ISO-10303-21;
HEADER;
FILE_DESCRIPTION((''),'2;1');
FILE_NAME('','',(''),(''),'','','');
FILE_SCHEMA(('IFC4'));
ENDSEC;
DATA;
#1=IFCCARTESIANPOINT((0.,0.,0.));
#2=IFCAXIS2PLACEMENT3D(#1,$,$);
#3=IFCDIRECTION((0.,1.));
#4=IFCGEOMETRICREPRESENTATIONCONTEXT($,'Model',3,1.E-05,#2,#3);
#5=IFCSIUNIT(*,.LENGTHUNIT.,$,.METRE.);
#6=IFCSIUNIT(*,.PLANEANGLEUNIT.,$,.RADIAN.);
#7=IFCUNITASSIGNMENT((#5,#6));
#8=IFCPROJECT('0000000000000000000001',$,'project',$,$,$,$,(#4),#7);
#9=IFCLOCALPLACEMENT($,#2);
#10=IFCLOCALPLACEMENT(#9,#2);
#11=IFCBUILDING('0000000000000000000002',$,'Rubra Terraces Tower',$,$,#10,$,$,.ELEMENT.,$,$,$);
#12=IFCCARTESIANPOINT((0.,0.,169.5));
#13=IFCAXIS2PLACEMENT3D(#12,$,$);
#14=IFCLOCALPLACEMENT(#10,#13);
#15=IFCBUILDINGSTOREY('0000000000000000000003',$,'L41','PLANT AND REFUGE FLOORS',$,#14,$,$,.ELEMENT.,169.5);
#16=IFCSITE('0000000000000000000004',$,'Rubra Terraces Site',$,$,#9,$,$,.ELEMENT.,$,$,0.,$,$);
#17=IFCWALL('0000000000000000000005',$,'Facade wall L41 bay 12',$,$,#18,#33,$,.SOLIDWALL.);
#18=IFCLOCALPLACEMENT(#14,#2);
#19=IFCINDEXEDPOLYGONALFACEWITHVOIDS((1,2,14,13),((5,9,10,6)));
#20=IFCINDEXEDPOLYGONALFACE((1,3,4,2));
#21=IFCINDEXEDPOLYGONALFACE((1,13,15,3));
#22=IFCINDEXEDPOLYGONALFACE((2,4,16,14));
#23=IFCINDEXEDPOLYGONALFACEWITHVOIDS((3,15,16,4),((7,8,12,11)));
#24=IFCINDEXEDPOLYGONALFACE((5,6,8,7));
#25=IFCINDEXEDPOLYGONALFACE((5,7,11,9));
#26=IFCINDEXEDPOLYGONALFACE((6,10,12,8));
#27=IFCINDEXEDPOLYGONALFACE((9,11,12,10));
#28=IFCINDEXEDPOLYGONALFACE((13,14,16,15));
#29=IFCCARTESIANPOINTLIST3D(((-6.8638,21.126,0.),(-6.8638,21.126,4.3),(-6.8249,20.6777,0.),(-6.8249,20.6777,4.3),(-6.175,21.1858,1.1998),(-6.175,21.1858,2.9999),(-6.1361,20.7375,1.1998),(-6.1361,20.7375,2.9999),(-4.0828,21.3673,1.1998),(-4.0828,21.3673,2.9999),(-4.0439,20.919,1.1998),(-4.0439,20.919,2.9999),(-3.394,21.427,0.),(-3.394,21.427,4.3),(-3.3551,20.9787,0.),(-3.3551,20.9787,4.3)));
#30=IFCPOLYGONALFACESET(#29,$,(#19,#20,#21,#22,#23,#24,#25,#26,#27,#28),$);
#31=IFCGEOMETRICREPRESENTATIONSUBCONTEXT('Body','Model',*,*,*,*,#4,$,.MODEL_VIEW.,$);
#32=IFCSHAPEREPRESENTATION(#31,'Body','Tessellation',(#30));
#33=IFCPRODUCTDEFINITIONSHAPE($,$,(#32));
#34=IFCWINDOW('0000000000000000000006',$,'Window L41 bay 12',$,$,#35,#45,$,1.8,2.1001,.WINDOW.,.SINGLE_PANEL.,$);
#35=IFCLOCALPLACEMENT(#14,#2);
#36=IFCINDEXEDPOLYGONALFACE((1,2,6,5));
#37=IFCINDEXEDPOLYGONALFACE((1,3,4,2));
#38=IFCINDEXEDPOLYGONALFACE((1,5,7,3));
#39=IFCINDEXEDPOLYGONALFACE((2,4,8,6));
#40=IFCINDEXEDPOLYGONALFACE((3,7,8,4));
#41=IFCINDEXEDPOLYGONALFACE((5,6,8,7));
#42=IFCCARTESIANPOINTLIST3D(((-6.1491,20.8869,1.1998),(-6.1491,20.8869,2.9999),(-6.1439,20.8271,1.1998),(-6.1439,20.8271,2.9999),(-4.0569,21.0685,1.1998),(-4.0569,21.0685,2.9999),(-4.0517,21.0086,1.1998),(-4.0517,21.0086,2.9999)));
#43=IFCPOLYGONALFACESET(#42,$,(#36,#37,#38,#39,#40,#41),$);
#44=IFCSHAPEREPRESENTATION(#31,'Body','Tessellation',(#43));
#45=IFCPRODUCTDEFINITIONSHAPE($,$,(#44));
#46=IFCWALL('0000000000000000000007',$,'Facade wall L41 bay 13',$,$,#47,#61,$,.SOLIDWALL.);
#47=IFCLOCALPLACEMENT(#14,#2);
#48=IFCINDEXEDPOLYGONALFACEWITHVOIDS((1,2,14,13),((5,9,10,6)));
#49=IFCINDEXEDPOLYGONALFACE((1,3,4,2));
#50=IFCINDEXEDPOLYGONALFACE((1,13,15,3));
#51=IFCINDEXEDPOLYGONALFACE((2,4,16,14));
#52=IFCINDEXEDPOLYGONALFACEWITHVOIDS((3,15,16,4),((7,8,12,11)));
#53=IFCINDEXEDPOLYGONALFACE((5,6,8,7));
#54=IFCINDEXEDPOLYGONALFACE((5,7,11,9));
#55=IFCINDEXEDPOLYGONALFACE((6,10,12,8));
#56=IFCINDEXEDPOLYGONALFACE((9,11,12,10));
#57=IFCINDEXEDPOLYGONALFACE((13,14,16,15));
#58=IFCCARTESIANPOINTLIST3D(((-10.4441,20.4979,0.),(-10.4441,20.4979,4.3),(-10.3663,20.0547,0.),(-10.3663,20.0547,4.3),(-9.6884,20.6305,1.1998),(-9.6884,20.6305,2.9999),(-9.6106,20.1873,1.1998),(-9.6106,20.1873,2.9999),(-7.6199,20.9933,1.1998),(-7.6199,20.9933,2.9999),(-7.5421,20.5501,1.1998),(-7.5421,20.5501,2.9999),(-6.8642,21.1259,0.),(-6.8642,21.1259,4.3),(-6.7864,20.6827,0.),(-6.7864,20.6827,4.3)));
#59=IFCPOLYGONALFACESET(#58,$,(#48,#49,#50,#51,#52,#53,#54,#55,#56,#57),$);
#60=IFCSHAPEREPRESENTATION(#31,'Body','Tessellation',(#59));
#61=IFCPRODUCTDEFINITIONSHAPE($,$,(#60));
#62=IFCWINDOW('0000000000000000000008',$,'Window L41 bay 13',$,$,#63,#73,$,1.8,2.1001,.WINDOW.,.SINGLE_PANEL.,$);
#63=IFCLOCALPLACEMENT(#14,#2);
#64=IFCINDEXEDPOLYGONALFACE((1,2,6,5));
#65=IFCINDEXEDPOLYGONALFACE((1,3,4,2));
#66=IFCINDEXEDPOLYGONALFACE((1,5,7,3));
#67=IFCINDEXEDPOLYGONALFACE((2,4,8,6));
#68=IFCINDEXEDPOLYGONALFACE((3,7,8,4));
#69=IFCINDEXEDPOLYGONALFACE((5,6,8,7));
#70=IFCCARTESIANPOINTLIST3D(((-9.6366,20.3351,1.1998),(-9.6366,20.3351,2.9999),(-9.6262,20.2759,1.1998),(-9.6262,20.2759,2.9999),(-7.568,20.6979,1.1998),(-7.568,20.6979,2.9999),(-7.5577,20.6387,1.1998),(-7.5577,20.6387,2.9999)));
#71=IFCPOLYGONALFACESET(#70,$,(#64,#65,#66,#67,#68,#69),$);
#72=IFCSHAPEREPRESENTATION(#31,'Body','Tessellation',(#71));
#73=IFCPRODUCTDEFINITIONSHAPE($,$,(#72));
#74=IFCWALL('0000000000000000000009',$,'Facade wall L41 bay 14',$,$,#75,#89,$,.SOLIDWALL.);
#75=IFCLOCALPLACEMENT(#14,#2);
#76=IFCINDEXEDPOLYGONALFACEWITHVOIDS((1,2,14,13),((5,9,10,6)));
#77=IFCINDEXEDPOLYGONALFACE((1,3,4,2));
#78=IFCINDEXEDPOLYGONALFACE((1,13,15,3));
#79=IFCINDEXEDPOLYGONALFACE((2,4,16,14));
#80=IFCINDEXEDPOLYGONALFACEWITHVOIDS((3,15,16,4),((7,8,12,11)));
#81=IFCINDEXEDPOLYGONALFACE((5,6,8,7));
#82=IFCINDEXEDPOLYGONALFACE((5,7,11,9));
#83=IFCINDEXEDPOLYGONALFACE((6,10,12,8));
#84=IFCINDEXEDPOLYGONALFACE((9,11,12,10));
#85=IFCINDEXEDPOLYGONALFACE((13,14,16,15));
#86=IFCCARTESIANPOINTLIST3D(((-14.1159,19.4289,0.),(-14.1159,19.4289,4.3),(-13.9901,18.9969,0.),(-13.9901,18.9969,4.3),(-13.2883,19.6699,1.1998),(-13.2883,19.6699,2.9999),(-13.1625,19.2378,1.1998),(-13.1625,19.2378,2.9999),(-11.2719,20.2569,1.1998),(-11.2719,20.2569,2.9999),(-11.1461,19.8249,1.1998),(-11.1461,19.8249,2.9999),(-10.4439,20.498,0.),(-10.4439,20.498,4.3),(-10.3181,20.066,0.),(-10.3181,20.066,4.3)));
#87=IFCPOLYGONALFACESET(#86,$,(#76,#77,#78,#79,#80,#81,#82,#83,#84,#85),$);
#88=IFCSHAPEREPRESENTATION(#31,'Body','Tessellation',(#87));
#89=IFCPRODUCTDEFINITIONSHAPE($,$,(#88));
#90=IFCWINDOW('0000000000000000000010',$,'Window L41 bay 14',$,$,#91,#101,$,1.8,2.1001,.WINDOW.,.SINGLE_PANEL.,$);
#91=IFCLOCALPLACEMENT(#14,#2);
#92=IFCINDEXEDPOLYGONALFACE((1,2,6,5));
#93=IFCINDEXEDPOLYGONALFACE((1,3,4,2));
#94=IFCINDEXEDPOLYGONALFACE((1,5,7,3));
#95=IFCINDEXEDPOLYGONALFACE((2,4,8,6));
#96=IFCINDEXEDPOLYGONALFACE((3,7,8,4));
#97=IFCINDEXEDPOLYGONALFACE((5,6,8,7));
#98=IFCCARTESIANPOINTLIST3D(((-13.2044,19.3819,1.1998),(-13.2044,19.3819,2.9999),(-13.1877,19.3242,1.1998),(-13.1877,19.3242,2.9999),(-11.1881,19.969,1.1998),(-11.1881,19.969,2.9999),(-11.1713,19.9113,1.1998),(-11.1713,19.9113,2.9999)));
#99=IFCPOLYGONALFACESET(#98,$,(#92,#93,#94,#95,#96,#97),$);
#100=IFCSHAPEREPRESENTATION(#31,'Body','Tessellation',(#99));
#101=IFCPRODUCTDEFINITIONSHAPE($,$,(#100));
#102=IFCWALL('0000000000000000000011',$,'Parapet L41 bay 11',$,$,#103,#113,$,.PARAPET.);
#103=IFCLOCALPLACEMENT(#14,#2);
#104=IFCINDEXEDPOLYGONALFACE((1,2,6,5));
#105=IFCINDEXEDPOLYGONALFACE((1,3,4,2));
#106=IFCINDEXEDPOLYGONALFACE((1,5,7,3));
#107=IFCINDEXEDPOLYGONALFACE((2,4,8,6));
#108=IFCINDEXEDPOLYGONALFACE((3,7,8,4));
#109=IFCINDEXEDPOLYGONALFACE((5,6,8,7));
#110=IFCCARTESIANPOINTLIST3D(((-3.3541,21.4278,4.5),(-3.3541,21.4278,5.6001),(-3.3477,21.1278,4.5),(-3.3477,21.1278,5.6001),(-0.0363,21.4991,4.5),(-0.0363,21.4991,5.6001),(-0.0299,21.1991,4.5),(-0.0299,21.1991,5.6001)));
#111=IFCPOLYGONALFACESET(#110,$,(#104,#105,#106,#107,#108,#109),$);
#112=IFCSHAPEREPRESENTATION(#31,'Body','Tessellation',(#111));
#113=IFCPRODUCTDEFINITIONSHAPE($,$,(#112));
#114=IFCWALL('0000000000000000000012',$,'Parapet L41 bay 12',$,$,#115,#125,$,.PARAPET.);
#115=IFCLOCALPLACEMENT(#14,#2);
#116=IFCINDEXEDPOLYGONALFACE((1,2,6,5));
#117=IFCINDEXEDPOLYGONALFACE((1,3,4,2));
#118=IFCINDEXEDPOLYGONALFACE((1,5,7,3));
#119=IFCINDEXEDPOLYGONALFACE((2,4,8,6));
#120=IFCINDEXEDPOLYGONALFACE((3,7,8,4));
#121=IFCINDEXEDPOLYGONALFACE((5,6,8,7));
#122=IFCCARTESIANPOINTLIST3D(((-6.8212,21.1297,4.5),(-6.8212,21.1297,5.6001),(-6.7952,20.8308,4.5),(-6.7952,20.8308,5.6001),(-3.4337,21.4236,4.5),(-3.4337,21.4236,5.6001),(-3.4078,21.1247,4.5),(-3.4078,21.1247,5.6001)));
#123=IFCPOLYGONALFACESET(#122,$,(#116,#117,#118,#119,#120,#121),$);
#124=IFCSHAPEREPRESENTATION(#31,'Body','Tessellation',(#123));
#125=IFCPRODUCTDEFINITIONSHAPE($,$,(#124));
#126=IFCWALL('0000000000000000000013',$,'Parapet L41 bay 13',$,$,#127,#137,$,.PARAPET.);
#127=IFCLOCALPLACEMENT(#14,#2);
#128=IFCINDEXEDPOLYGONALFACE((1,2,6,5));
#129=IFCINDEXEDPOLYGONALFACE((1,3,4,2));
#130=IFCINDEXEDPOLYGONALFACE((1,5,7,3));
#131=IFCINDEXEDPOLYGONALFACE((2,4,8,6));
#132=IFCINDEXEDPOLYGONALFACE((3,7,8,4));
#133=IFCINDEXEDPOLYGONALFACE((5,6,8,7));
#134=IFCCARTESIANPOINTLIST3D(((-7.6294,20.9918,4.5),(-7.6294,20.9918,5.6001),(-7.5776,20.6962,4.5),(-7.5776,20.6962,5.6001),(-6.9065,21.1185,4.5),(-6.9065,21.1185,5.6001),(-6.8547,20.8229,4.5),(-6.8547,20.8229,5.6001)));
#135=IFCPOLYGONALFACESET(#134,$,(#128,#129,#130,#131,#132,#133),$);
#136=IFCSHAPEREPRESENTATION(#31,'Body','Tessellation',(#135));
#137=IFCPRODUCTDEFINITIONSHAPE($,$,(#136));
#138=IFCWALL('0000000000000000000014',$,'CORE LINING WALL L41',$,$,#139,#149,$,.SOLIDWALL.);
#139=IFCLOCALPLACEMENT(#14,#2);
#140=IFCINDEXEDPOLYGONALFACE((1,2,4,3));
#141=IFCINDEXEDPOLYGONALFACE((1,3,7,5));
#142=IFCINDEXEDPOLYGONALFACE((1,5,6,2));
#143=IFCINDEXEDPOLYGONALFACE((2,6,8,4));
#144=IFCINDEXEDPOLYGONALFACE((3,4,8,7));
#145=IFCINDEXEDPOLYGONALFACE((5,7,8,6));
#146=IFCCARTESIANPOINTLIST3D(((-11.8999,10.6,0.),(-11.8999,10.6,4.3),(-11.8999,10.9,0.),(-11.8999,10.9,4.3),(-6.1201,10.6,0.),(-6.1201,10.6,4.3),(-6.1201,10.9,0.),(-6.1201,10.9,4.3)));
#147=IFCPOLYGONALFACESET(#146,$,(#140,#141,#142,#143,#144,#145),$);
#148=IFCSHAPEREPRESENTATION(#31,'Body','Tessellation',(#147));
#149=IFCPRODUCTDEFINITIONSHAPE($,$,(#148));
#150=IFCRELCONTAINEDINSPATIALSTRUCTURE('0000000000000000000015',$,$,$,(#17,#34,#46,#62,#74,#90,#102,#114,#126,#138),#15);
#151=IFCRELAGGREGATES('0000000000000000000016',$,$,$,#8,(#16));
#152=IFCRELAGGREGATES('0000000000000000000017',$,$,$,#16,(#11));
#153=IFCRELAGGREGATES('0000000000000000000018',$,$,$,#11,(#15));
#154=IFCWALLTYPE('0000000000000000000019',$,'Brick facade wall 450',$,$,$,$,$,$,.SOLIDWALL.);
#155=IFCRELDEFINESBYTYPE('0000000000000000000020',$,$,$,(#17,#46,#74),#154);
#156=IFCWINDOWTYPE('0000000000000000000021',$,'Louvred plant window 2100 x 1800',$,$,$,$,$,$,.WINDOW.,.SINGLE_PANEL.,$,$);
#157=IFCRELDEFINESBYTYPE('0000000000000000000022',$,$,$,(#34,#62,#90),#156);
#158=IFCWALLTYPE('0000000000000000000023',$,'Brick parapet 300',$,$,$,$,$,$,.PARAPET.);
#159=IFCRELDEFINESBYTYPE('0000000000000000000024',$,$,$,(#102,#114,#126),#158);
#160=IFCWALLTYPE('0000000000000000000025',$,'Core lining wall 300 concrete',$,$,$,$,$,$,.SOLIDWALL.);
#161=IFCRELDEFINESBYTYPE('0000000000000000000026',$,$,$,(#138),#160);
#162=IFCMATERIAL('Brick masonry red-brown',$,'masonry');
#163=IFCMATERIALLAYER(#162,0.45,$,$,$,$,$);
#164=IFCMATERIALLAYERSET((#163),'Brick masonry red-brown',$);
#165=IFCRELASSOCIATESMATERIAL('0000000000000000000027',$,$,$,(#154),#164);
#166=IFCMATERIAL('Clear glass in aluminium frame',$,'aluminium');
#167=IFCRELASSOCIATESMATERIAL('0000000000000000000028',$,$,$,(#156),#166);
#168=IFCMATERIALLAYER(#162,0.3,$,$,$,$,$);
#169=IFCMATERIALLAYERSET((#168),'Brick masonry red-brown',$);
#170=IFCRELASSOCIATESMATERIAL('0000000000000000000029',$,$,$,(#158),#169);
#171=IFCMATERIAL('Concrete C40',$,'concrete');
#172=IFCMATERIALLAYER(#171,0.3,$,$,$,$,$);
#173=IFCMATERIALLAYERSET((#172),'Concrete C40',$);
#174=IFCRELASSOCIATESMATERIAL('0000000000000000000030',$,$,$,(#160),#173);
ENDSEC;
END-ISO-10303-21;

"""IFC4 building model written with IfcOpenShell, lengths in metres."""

from ifc_helpers import new_model, si_unit, direction, frame, frame_2d, origin, place, context, subcontext, project, spatial, rectangle, extrude, material, layer, layer_set, type_object, element, fill, save


model = new_model("IFC4")

# Units and contexts
model_context = context("Model", 3, precision=1e-05, world=origin(), true_north=direction((0.0, 1.0)))
body_context = subcontext(model_context, "Body", "Model", "MODEL_VIEW")
ifc_project = project(units=[si_unit("LENGTHUNIT", "METRE"), si_unit("PLANEANGLEUNIT", "RADIAN")], contexts=[model_context])

# Site, building, storey
site_placement = place(None, origin())
site = spatial("IfcSite", under=ifc_project, at=site_placement, Name="Rubra Terraces Site", CompositionType="ELEMENT", RefElevation=0.0)
building_placement = place(site_placement, origin())
building = spatial("IfcBuilding", under=site, at=building_placement, Name="Rubra Terraces Tower", CompositionType="ELEMENT")
storey_placement = place(building_placement, frame((0.0, 0.0, 169.5)))
storey = spatial("IfcBuildingStorey", under=building, at=storey_placement, Name="L41", Description="PLANT AND REFUGE FLOORS", CompositionType="ELEMENT", Elevation=169.5)

# Walls, openings, windows
ifc_material_1 = material(Name="Brick masonry red-brown", Category="masonry")
ifc_layer_1 = layer(ifc_material_1, 0.45)
ifc_layer_set_1 = layer_set([ifc_layer_1], Name="Brick masonry red-brown")
wall_type_1 = type_object("IfcWallType", Name="Brick facade wall 450", PredefinedType="SOLIDWALL", material=ifc_layer_set_1)
wall_1_placement = place(storey_placement, frame((-3.3745, 21.2029, 0.0), z_axis=(0.0, 0.0, 1.0), x_axis=(-0.996258, -0.086427, 0.0)))
wall_1 = element("IfcWall", 1, at=wall_1_placement, inside=storey, type_object=wall_type_1, Name="Facade wall L41 bay 12", PredefinedType="SOLIDWALL", context=body_context, shape_type="SweptSolid", body=[
    extrude(rectangle(XDim=3.4829, YDim=0.45, at=frame_2d((1.7415, 0.0))), origin(), (0.0, 0.0, 1.0), 4.3),
])
opening_1_placement = place(wall_1_placement, frame((0.6914, 0.0, 1.2)))
opening_1 = element("IfcOpeningElement", 2, at=opening_1_placement, cuts=wall_1, PredefinedType="OPENING", context=body_context, shape_type="SweptSolid", body=[
    extrude(rectangle(XDim=2.1001, YDim=1.8, at=frame_2d((1.05, 0.8999))), frame((0.0, 0.2349, 0.0), z_axis=(0.0, -1.0, 0.0), x_axis=(1.0, 0.0, 0.0)), (0.0, 0.0, 1.0), 0.47),
])
ifc_material_2 = material(Name="Clear glass in aluminium frame", Category="aluminium")
window_type = type_object("IfcWindowType", Name="Louvred plant window 2100 x 1800", PartitioningType="SINGLE_PANEL", PredefinedType="WINDOW", material=ifc_material_2)
window_1_placement = place(opening_1_placement, origin())
window_1 = element("IfcWindow", 3, at=window_1_placement, inside=storey, type_object=window_type, Name="Window L41 bay 12", OverallHeight=1.8, OverallWidth=2.1001, PartitioningType="SINGLE_PANEL", PredefinedType="WINDOW", context=body_context, shape_type="SweptSolid", body=[
    extrude(rectangle(XDim=2.1001, YDim=1.8, at=frame_2d((1.05, 0.8999))), frame((0.0, 0.135, 0.0), z_axis=(0.0, -1.0, 0.0), x_axis=(1.0, 0.0, 0.0)), (0.0, 0.0, 1.0), 0.0601),
])
fill(opening_1, window_1)
wall_2_placement = place(storey_placement, frame((-6.8252, 20.9043, 0.0), z_axis=(0.0, 0.0, 1.0), x_axis=(-0.984962, -0.17277, 0.0)))
wall_2 = element("IfcWall", 4, at=wall_2_placement, inside=storey, type_object=wall_type_1, Name="Facade wall L41 bay 13", PredefinedType="SOLIDWALL", context=body_context, shape_type="SweptSolid", body=[
    extrude(rectangle(XDim=3.6345, YDim=0.45, at=frame_2d((1.8174, 0.0))), origin(), (0.0, 0.0, 1.0), 4.3),
])
opening_2_placement = place(wall_2_placement, frame((0.7673, 0.0, 1.2)))
opening_2 = element("IfcOpeningElement", 5, at=opening_2_placement, cuts=wall_2, PredefinedType="OPENING", context=body_context, shape_type="SweptSolid", body=[
    extrude(rectangle(XDim=2.1001, YDim=1.8, at=frame_2d((1.05, 0.8999))), frame((0.0, 0.2349, 0.0), z_axis=(0.0, -1.0, 0.0), x_axis=(1.0, 0.0, 0.0)), (0.0, 0.0, 1.0), 0.47),
])
window_2_placement = place(opening_2_placement, origin())
window_2 = element("IfcWindow", 6, at=window_2_placement, inside=storey, type_object=window_type, Name="Window L41 bay 13", OverallHeight=1.8, OverallWidth=2.1001, PartitioningType="SINGLE_PANEL", PredefinedType="WINDOW", context=body_context, shape_type="SweptSolid", body=[
    extrude(rectangle(XDim=2.1001, YDim=1.8, at=frame_2d((1.05, 0.8999))), frame((0.0, 0.135, 0.0), z_axis=(0.0, -1.0, 0.0), x_axis=(1.0, 0.0, 0.0)), (0.0, 0.0, 1.0), 0.0601),
])
fill(opening_2, window_2)
wall_3_placement = place(storey_placement, frame((-10.3811, 20.282, 0.0), z_axis=(0.0, 0.0, 1.0), x_axis=(-0.960131, -0.279549, 0.0)))
wall_3 = element("IfcWall", 7, at=wall_3_placement, inside=storey, type_object=wall_type_1, Name="Facade wall L41 bay 14", PredefinedType="SOLIDWALL", context=body_context, shape_type="SweptSolid", body=[
    extrude(rectangle(XDim=3.8245, YDim=0.45, at=frame_2d((1.9121, 0.0))), origin(), (0.0, 0.0, 1.0), 4.3),
])
opening_3_placement = place(wall_3_placement, frame((0.8623, 0.0, 1.2)))
opening_3 = element("IfcOpeningElement", 8, at=opening_3_placement, cuts=wall_3, PredefinedType="OPENING", context=body_context, shape_type="SweptSolid", body=[
    extrude(rectangle(XDim=2.1001, YDim=1.8, at=frame_2d((1.05, 0.8999))), frame((0.0, 0.2349, 0.0), z_axis=(0.0, -1.0, 0.0), x_axis=(1.0, 0.0, 0.0)), (0.0, 0.0, 1.0), 0.47),
])
window_3_placement = place(opening_3_placement, origin())
window_3 = element("IfcWindow", 9, at=window_3_placement, inside=storey, type_object=window_type, Name="Window L41 bay 14", OverallHeight=1.8, OverallWidth=2.1001, PartitioningType="SINGLE_PANEL", PredefinedType="WINDOW", context=body_context, shape_type="SweptSolid", body=[
    extrude(rectangle(XDim=2.1001, YDim=1.8, at=frame_2d((1.05, 0.8999))), frame((0.0, 0.135, 0.0), z_axis=(0.0, -1.0, 0.0), x_axis=(1.0, 0.0, 0.0)), (0.0, 0.0, 1.0), 0.0601),
])
fill(opening_3, window_3)

# Walls
ifc_layer_2 = layer(ifc_material_1, 0.3)
ifc_layer_set_2 = layer_set([ifc_layer_2], Name="Brick masonry red-brown")
wall_type_2 = type_object("IfcWallType", Name="Brick parapet 300", PredefinedType="PARAPET", material=ifc_layer_set_2)
wall_4_placement = place(storey_placement, frame((-0.0332, 21.3491, 4.5), z_axis=(0.0, 0.0, 1.0), x_axis=(-0.999769, -0.021481, 0.0)))
element("IfcWall", 10, at=wall_4_placement, inside=storey, type_object=wall_type_2, Name="Parapet L41 bay 11", PredefinedType="PARAPET", context=body_context, shape_type="SweptSolid", body=[
    extrude(rectangle(XDim=3.3186, YDim=0.3, at=frame_2d((1.6592, 0.0))), origin(), (0.0, 0.0, 1.0), 1.1001),
])
wall_5_placement = place(storey_placement, frame((-3.4207, 21.2742, 4.5), z_axis=(0.0, 0.0, 1.0), x_axis=(-0.996256, -0.08645, 0.0)))
element("IfcWall", 11, at=wall_5_placement, inside=storey, type_object=wall_type_2, Name="Parapet L41 bay 12", PredefinedType="PARAPET", context=body_context, shape_type="SweptSolid", body=[
    extrude(rectangle(XDim=3.4001, YDim=0.3, at=frame_2d((1.7002, 0.0))), origin(), (0.0, 0.0, 1.0), 1.1001),
])
wall_6_placement = place(storey_placement, frame((-6.8806, 20.9707, 4.5), z_axis=(0.0, 0.0, 1.0), x_axis=(-0.984984, -0.172647, 0.0)))
element("IfcWall", 12, at=wall_6_placement, inside=storey, type_object=wall_type_2, Name="Parapet L41 bay 13", PredefinedType="PARAPET", context=body_context, shape_type="SweptSolid", body=[
    extrude(rectangle(XDim=0.7339, YDim=0.3, at=frame_2d((0.3669, 0.0))), origin(), (0.0, 0.0, 1.0), 1.1001),
])
ifc_material_3 = material(Name="Concrete C40", Category="concrete")
ifc_layer_3 = layer(ifc_material_3, 0.3)
ifc_layer_set_3 = layer_set([ifc_layer_3], Name="Concrete C40")
wall_type_3 = type_object("IfcWallType", Name="Core lining wall 300 concrete", PredefinedType="SOLIDWALL", material=ifc_layer_set_3)
wall_7_placement = place(storey_placement, frame((-11.8999, 10.75, 0.0), z_axis=(0.0, 0.0, 1.0), x_axis=(1.0, 0.0, 0.0)))
element("IfcWall", 13, at=wall_7_placement, inside=storey, type_object=wall_type_3, Name="CORE LINING WALL L41", PredefinedType="SOLIDWALL", context=body_context, shape_type="SweptSolid", body=[
    extrude(rectangle(XDim=5.7798, YDim=0.3, at=frame_2d((2.8899, 0.0))), origin(), (0.0, 0.0, 1.0), 4.3),
])

save(model, "model.ifc")
